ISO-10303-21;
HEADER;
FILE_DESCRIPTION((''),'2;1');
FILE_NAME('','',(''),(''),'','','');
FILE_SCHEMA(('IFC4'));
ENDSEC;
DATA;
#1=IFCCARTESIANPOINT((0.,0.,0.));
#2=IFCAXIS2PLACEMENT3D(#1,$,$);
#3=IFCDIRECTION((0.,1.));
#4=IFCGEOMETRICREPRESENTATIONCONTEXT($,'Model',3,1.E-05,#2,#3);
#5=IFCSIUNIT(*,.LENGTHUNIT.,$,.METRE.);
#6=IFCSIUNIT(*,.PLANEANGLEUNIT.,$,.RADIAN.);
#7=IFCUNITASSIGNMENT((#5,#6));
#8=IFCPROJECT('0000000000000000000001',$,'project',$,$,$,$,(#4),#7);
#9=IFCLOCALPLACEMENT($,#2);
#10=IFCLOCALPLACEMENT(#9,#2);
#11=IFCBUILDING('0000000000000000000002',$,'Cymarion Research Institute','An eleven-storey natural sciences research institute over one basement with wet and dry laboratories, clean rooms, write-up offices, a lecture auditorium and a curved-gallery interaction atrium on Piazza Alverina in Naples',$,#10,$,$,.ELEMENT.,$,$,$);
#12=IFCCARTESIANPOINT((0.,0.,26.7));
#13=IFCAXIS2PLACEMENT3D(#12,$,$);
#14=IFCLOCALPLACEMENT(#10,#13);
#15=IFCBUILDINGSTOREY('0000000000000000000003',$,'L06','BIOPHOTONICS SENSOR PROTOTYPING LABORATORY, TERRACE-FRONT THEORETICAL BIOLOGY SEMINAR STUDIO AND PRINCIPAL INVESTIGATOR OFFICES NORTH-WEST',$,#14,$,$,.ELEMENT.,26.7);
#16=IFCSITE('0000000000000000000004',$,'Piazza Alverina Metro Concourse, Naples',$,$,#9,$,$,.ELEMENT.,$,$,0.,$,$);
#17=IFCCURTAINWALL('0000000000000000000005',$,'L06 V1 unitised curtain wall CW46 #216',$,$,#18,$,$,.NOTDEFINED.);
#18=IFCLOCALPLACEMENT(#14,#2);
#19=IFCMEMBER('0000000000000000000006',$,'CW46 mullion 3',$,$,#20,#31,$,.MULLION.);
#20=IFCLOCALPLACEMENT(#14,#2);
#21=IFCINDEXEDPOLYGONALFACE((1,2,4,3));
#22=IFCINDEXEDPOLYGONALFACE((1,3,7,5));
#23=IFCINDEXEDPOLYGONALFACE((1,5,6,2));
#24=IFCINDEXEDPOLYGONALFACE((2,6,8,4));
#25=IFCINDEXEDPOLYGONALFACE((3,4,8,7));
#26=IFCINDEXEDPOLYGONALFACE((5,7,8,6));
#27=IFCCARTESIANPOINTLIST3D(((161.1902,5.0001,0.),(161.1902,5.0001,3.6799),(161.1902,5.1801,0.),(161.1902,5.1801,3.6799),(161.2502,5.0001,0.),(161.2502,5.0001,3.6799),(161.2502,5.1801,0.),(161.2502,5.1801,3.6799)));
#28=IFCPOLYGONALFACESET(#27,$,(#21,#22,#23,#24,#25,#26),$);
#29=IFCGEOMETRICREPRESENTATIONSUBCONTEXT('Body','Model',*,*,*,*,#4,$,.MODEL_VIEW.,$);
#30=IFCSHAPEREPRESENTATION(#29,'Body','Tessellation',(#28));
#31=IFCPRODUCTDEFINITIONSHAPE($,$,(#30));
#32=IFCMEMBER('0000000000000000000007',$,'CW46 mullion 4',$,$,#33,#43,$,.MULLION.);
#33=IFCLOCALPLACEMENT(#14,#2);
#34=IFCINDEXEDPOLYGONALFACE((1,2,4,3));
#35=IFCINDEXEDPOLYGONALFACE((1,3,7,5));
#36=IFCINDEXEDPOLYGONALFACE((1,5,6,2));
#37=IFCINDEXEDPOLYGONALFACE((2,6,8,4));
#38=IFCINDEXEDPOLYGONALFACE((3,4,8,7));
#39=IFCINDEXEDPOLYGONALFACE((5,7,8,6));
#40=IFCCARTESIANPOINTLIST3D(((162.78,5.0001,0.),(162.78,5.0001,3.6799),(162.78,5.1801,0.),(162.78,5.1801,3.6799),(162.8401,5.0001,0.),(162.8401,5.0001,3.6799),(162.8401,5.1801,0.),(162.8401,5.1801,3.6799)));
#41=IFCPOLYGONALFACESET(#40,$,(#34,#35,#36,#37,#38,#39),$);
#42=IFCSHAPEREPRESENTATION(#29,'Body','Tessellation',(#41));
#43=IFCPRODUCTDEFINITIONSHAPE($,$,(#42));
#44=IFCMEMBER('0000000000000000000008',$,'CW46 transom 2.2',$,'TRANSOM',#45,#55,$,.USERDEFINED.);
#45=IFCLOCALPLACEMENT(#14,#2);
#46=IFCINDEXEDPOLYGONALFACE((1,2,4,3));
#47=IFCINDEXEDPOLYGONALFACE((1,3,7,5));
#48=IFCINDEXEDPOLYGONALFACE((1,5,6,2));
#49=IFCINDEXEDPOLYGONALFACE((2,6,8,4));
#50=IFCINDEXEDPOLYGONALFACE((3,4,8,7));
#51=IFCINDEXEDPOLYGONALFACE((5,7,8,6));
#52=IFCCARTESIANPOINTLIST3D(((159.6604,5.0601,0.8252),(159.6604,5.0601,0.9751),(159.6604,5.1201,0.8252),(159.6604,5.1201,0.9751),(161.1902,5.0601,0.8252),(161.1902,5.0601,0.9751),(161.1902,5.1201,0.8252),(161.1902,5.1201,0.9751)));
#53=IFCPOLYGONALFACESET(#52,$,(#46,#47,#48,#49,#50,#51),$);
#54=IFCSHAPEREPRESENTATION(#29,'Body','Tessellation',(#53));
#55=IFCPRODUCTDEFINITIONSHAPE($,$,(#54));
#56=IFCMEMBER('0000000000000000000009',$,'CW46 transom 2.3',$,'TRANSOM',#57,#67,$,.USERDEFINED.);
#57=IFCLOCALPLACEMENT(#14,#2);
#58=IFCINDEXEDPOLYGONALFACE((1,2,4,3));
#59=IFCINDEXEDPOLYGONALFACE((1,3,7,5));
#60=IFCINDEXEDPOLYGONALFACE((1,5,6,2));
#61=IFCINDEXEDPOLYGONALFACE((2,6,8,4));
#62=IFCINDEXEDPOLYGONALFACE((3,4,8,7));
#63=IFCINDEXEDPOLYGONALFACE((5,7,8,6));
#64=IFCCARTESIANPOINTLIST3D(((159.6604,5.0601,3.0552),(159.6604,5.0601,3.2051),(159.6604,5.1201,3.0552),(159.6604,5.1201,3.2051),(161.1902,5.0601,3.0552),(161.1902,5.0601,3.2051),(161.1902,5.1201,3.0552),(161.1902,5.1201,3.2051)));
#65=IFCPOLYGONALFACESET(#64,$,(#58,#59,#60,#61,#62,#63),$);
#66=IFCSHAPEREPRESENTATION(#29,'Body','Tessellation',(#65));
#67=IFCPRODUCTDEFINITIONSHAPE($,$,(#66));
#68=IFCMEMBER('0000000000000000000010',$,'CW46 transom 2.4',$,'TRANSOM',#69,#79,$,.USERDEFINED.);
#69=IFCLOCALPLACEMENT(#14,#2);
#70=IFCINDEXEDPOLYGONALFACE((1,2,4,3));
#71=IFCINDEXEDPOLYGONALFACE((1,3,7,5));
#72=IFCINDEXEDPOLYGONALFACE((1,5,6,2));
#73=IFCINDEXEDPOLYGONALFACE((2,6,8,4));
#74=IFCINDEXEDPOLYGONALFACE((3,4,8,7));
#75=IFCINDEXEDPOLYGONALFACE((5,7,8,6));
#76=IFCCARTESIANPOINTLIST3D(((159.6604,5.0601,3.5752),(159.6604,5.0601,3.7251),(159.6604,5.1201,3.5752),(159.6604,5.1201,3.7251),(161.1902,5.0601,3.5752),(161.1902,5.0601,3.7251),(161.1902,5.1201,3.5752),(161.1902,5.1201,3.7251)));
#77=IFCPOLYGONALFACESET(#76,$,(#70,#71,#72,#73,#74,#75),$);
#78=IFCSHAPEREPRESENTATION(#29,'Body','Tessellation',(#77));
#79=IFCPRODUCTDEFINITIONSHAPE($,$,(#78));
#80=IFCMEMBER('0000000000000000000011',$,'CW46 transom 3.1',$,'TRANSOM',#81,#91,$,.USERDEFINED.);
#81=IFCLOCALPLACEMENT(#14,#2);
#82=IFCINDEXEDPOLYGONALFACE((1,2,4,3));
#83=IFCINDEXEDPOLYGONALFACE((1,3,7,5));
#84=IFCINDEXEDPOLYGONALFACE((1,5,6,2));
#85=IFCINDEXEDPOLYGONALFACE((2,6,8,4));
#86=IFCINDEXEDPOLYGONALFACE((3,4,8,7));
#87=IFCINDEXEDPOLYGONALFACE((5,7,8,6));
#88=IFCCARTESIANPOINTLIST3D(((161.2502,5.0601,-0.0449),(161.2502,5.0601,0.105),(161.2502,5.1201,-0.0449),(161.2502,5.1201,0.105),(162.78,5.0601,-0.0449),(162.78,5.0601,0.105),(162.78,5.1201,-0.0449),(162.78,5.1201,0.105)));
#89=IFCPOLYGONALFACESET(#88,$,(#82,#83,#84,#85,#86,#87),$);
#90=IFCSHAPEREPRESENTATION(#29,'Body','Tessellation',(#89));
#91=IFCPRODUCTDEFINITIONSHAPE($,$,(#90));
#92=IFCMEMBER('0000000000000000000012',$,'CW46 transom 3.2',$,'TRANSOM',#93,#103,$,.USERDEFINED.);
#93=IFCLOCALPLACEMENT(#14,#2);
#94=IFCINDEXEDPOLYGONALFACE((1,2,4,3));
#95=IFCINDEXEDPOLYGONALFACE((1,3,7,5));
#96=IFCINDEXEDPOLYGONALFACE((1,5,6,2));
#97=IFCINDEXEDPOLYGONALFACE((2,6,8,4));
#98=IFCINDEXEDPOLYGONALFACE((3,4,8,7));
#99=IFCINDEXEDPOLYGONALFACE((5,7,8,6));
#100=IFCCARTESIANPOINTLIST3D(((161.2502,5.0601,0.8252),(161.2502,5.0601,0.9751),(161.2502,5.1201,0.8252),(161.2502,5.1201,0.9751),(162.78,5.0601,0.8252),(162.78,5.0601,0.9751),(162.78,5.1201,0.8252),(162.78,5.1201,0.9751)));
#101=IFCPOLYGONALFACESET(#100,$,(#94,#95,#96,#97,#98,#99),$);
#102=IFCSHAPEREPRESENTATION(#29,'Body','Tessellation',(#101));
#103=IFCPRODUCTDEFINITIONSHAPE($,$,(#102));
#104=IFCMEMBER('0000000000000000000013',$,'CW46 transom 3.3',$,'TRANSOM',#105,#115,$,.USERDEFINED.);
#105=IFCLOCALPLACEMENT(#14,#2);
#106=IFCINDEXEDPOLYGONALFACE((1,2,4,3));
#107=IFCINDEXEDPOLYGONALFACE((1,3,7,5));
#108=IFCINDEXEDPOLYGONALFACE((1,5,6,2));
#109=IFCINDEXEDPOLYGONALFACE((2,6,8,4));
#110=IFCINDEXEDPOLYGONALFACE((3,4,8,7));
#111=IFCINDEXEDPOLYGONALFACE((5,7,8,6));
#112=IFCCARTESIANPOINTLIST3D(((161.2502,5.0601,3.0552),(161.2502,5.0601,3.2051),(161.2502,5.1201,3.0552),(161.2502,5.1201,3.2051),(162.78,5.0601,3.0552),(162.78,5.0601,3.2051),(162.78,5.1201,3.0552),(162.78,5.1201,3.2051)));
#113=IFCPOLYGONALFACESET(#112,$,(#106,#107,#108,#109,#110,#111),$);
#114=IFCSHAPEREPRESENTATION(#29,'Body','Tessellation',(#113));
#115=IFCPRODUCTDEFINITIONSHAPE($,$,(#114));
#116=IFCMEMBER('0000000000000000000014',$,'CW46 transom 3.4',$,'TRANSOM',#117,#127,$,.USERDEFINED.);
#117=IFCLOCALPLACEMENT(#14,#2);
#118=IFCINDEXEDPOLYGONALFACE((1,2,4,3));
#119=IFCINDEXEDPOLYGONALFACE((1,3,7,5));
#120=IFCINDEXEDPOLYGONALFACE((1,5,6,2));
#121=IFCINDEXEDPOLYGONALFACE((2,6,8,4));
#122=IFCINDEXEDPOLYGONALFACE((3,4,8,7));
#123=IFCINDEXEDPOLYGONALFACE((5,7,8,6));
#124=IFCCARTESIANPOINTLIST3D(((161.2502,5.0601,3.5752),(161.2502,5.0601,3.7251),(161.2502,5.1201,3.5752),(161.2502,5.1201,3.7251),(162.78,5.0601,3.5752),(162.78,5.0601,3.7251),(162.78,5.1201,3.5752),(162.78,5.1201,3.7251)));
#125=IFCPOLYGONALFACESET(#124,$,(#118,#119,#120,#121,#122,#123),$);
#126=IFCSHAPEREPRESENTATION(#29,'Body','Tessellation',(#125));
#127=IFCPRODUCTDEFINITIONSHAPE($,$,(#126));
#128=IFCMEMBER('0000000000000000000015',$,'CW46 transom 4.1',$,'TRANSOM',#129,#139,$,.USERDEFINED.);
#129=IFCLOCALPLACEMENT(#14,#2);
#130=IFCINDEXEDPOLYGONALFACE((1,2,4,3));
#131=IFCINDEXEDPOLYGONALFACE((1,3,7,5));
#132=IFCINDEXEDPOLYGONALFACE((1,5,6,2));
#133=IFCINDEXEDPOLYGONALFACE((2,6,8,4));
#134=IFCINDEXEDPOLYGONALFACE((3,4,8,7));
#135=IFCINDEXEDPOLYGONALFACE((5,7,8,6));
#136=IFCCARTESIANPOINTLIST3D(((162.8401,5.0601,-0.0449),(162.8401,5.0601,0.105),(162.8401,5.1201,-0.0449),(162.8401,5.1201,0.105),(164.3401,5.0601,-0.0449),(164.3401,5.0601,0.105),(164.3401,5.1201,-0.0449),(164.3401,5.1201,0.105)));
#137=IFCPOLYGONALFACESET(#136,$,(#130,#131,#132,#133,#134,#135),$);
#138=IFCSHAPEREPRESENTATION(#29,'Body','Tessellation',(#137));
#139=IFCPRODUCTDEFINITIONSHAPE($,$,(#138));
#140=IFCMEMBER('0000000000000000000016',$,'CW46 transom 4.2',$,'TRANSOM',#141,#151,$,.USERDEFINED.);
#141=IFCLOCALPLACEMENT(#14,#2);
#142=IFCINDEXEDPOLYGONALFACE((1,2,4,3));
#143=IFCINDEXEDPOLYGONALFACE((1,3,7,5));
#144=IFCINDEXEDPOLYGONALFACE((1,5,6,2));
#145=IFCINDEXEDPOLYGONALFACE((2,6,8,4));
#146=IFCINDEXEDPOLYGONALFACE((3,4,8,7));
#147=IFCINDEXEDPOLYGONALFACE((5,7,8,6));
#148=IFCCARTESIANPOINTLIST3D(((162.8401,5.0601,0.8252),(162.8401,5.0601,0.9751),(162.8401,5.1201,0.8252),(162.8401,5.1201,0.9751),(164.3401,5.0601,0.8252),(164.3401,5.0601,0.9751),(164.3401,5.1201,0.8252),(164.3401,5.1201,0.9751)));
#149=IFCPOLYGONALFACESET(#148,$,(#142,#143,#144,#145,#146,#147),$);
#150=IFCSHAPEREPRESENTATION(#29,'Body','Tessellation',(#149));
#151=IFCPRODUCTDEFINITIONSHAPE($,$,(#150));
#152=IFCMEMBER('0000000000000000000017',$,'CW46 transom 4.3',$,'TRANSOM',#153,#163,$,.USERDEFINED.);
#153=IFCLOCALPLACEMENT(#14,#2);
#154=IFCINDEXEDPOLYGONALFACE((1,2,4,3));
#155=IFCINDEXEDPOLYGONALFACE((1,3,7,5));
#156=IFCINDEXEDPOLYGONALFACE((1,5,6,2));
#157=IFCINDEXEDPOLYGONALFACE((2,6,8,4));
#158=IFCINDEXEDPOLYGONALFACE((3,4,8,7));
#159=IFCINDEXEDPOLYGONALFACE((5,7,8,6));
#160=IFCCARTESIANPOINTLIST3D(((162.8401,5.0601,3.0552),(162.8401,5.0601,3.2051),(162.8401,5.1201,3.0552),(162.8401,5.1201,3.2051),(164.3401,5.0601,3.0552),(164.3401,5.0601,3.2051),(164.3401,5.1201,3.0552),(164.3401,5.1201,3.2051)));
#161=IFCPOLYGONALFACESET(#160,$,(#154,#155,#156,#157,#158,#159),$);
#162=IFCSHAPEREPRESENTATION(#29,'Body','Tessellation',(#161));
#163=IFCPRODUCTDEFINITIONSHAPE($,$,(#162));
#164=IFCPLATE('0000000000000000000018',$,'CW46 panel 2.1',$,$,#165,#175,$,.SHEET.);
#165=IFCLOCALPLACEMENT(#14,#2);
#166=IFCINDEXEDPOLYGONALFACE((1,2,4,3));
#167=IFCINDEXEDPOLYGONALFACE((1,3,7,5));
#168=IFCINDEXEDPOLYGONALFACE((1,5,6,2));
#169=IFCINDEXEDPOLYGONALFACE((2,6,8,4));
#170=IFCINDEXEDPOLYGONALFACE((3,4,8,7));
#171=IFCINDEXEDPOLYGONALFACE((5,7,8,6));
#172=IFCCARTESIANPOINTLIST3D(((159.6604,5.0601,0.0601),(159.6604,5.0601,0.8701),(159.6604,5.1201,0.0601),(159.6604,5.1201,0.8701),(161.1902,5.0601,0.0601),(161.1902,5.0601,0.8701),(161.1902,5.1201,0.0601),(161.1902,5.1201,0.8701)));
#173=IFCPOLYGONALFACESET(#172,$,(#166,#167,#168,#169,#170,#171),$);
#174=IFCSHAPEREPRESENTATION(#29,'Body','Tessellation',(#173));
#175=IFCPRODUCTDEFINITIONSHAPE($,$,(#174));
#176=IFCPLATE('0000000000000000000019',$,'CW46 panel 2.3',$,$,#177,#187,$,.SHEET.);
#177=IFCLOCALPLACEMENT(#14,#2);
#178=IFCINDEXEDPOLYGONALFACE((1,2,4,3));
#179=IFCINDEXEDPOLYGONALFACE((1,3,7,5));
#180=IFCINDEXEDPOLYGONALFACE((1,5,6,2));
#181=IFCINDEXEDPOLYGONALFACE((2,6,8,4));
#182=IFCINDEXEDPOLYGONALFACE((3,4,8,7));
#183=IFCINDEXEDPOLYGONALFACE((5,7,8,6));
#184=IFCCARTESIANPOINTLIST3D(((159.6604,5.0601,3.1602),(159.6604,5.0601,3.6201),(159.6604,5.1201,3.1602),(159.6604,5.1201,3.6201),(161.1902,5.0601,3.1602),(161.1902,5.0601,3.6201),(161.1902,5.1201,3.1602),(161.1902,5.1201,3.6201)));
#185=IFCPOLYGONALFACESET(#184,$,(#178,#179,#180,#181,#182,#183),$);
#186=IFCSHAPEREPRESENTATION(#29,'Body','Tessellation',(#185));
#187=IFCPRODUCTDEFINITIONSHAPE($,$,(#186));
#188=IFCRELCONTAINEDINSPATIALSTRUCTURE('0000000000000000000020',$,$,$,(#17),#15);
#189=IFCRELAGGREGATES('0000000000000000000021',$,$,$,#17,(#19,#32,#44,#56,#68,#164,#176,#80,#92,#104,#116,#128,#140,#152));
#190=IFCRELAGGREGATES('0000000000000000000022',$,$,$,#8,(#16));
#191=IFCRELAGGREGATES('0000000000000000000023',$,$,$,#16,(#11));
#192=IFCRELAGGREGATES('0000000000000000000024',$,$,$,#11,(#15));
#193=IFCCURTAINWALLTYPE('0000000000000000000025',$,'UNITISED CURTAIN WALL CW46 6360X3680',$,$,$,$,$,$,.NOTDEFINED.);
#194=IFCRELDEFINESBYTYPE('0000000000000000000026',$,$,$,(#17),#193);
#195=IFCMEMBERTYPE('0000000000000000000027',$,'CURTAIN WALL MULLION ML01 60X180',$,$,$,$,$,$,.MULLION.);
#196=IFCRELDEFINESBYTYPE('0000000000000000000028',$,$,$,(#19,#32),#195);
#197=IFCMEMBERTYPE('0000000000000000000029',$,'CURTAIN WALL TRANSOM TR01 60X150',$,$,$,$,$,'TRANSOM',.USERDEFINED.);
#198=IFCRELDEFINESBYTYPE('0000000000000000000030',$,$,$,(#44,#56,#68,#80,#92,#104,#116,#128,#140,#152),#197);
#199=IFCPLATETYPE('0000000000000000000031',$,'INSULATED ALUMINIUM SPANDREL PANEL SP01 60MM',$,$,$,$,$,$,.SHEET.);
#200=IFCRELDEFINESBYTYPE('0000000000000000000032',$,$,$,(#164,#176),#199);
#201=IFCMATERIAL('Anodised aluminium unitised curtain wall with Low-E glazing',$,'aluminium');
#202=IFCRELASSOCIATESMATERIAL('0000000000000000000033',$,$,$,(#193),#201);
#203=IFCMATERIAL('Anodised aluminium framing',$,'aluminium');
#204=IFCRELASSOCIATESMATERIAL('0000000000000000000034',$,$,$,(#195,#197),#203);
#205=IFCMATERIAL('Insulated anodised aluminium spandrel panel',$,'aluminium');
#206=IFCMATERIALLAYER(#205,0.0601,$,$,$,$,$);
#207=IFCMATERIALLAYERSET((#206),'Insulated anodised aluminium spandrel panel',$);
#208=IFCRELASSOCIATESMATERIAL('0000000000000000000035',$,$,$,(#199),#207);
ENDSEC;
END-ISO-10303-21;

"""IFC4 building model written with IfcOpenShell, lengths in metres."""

from ifc_helpers import new_model, si_unit, direction, frame, origin, origin_2d, place, context, subcontext, project, spatial, rectangle, extrude, material, layer, layer_set, material_profile, profile_set, type_object, element, aggregate, save


model = new_model("IFC4")

# Units and contexts
model_context = context("Model", 3, precision=1e-05, world=origin(), true_north=direction((0.0, 1.0)))
body_context = subcontext(model_context, "Body", "Model", "MODEL_VIEW")
ifc_project = project(units=[si_unit("LENGTHUNIT", "METRE"), si_unit("PLANEANGLEUNIT", "RADIAN")], contexts=[model_context])

# Site, building, storey
site_placement = place(None, origin())
site = spatial("IfcSite", under=ifc_project, at=site_placement, Name="Piazza Alverina Metro Concourse, Naples", CompositionType="ELEMENT", RefElevation=0.0)
building_placement = place(site_placement, origin())
building = spatial("IfcBuilding", under=site, at=building_placement, Name="Cymarion Research Institute", Description="An eleven-storey natural sciences research institute over one basement with wet and dry laboratories, clean rooms, write-up offices, a lecture auditorium and a curved-gallery interaction atrium on Piazza Alverina in Naples", CompositionType="ELEMENT")
storey_placement = place(building_placement, frame((0.0, 0.0, 26.7)))
storey = spatial("IfcBuildingStorey", under=building, at=storey_placement, Name="L06", Description="BIOPHOTONICS SENSOR PROTOTYPING LABORATORY, TERRACE-FRONT THEORETICAL BIOLOGY SEMINAR STUDIO AND PRINCIPAL INVESTIGATOR OFFICES NORTH-WEST", CompositionType="ELEMENT", Elevation=26.7)

# Curtain wall, members, plates
ifc_material_1 = material(Name="Anodised aluminium unitised curtain wall with Low-E glazing", Category="aluminium")
curtain_wall_type = type_object("IfcCurtainWallType", Name="UNITISED CURTAIN WALL CW46 6360X3680", PredefinedType="NOTDEFINED", material=ifc_material_1)
curtain_wall_placement = place(storey_placement, origin())
curtain_wall = element("IfcCurtainWall", 1, at=curtain_wall_placement, inside=storey, type_object=curtain_wall_type, Name="L06 V1 unitised curtain wall CW46 #216", PredefinedType="NOTDEFINED")
ifc_material_2 = material(Name="Anodised aluminium framing", Category="aluminium")
ifc_material_profile_1 = material_profile(ifc_material_2, rectangle(XDim=0.0601, YDim=0.1799, at=origin_2d()), Name="ALU MULLION 60x180")
ifc_profile_set_1 = profile_set([ifc_material_profile_1], Name="Anodised aluminium framing")
member_type_1 = type_object("IfcMemberType", Name="CURTAIN WALL MULLION ML01 60X180", PredefinedType="MULLION", material=ifc_profile_set_1)
member_1_placement = place(storey_placement, frame((161.2202, 5.0901, 0.0), z_axis=(0.0, 0.0, 1.0), x_axis=(1.0, 0.0, 0.0)))
member_1 = element("IfcMember", 2, at=member_1_placement, type_object=member_type_1, Name="CW46 mullion 3", PredefinedType="MULLION", context=body_context, shape_type="SweptSolid", body=[
    extrude(rectangle(XDim=0.0601, YDim=0.1799, at=origin_2d()), origin(), (0.0, 0.0, 1.0), 3.6799),
])
member_2_placement = place(storey_placement, frame((162.8101, 5.0901, 0.0), z_axis=(0.0, 0.0, 1.0), x_axis=(1.0, 0.0, 0.0)))
member_2 = element("IfcMember", 3, at=member_2_placement, type_object=member_type_1, Name="CW46 mullion 4", PredefinedType="MULLION", context=body_context, shape_type="SweptSolid", body=[
    extrude(rectangle(XDim=0.0601, YDim=0.1799, at=origin_2d()), origin(), (0.0, 0.0, 1.0), 3.6799),
])
ifc_material_profile_2 = material_profile(ifc_material_2, rectangle(XDim=0.0601, YDim=0.1499, at=origin_2d()), Name="ALU TRANSOM 60x150")
ifc_profile_set_2 = profile_set([ifc_material_profile_2], Name="Anodised aluminium framing")
member_type_2 = type_object("IfcMemberType", Name="CURTAIN WALL TRANSOM TR01 60X150", ElementType="TRANSOM", PredefinedType="USERDEFINED", material=ifc_profile_set_2)
member_3_placement = place(storey_placement, frame((159.6604, 5.0901, 0.9001), z_axis=(1.0, 0.0, 0.0), x_axis=(0.0, 1.0, 0.0)))
member_3 = element("IfcMember", 4, at=member_3_placement, type_object=member_type_2, Name="CW46 transom 2.2", ObjectType="TRANSOM", PredefinedType="USERDEFINED", context=body_context, shape_type="SweptSolid", body=[
    extrude(rectangle(XDim=0.0601, YDim=0.1499, at=origin_2d()), origin(), (0.0, 0.0, 1.0), 1.5298),
])
member_4_placement = place(storey_placement, frame((159.6604, 5.0901, 3.1301), z_axis=(1.0, 0.0, 0.0), x_axis=(0.0, 1.0, 0.0)))
member_4 = element("IfcMember", 5, at=member_4_placement, type_object=member_type_2, Name="CW46 transom 2.3", ObjectType="TRANSOM", PredefinedType="USERDEFINED", context=body_context, shape_type="SweptSolid", body=[
    extrude(rectangle(XDim=0.0601, YDim=0.1499, at=origin_2d()), origin(), (0.0, 0.0, 1.0), 1.5298),
])
member_5_placement = place(storey_placement, frame((159.6604, 5.0901, 3.6501), z_axis=(1.0, 0.0, 0.0), x_axis=(0.0, 1.0, 0.0)))
member_5 = element("IfcMember", 6, at=member_5_placement, type_object=member_type_2, Name="CW46 transom 2.4", ObjectType="TRANSOM", PredefinedType="USERDEFINED", context=body_context, shape_type="SweptSolid", body=[
    extrude(rectangle(XDim=0.0601, YDim=0.1499, at=origin_2d()), origin(), (0.0, 0.0, 1.0), 1.5298),
])
member_6_placement = place(storey_placement, frame((161.2502, 5.0901, 0.03), z_axis=(1.0, 0.0, 0.0), x_axis=(0.0, 1.0, 0.0)))
member_6 = element("IfcMember", 7, at=member_6_placement, type_object=member_type_2, Name="CW46 transom 3.1", ObjectType="TRANSOM", PredefinedType="USERDEFINED", context=body_context, shape_type="SweptSolid", body=[
    extrude(rectangle(XDim=0.0601, YDim=0.1499, at=origin_2d()), origin(), (0.0, 0.0, 1.0), 1.5298),
])
member_7_placement = place(storey_placement, frame((161.2502, 5.0901, 0.9001), z_axis=(1.0, 0.0, 0.0), x_axis=(0.0, 1.0, 0.0)))
member_7 = element("IfcMember", 8, at=member_7_placement, type_object=member_type_2, Name="CW46 transom 3.2", ObjectType="TRANSOM", PredefinedType="USERDEFINED", context=body_context, shape_type="SweptSolid", body=[
    extrude(rectangle(XDim=0.0601, YDim=0.1499, at=origin_2d()), origin(), (0.0, 0.0, 1.0), 1.5298),
])
member_8_placement = place(storey_placement, frame((161.2502, 5.0901, 3.1301), z_axis=(1.0, 0.0, 0.0), x_axis=(0.0, 1.0, 0.0)))
member_8 = element("IfcMember", 9, at=member_8_placement, type_object=member_type_2, Name="CW46 transom 3.3", ObjectType="TRANSOM", PredefinedType="USERDEFINED", context=body_context, shape_type="SweptSolid", body=[
    extrude(rectangle(XDim=0.0601, YDim=0.1499, at=origin_2d()), origin(), (0.0, 0.0, 1.0), 1.5298),
])
member_9_placement = place(storey_placement, frame((161.2502, 5.0901, 3.6501), z_axis=(1.0, 0.0, 0.0), x_axis=(0.0, 1.0, 0.0)))
member_9 = element("IfcMember", 10, at=member_9_placement, type_object=member_type_2, Name="CW46 transom 3.4", ObjectType="TRANSOM", PredefinedType="USERDEFINED", context=body_context, shape_type="SweptSolid", body=[
    extrude(rectangle(XDim=0.0601, YDim=0.1499, at=origin_2d()), origin(), (0.0, 0.0, 1.0), 1.5298),
])
member_10_placement = place(storey_placement, frame((162.8401, 5.0901, 0.03), z_axis=(1.0, 0.0, 0.0), x_axis=(0.0, 1.0, 0.0)))
member_10 = element("IfcMember", 11, at=member_10_placement, type_object=member_type_2, Name="CW46 transom 4.1", ObjectType="TRANSOM", PredefinedType="USERDEFINED", context=body_context, shape_type="SweptSolid", body=[
    extrude(rectangle(XDim=0.0601, YDim=0.1499, at=origin_2d()), origin(), (0.0, 0.0, 1.0), 1.5),
])
member_11_placement = place(storey_placement, frame((162.8401, 5.0901, 0.9001), z_axis=(1.0, 0.0, 0.0), x_axis=(0.0, 1.0, 0.0)))
member_11 = element("IfcMember", 12, at=member_11_placement, type_object=member_type_2, Name="CW46 transom 4.2", ObjectType="TRANSOM", PredefinedType="USERDEFINED", context=body_context, shape_type="SweptSolid", body=[
    extrude(rectangle(XDim=0.0601, YDim=0.1499, at=origin_2d()), origin(), (0.0, 0.0, 1.0), 1.5),
])
member_12_placement = place(storey_placement, frame((162.8401, 5.0901, 3.1301), z_axis=(1.0, 0.0, 0.0), x_axis=(0.0, 1.0, 0.0)))
member_12 = element("IfcMember", 13, at=member_12_placement, type_object=member_type_2, Name="CW46 transom 4.3", ObjectType="TRANSOM", PredefinedType="USERDEFINED", context=body_context, shape_type="SweptSolid", body=[
    extrude(rectangle(XDim=0.0601, YDim=0.1499, at=origin_2d()), origin(), (0.0, 0.0, 1.0), 1.5),
])
ifc_material_3 = material(Name="Insulated anodised aluminium spandrel panel", Category="aluminium")
ifc_layer_1 = layer(ifc_material_3, 0.0601)
ifc_layer_set_1 = layer_set([ifc_layer_1], Name="Insulated anodised aluminium spandrel panel")
plate_type_1 = type_object("IfcPlateType", Name="INSULATED ALUMINIUM SPANDREL PANEL SP01 60MM", PredefinedType="SHEET", material=ifc_layer_set_1)
plate_1_placement = place(storey_placement, frame((160.4253, 5.0901, 0.0601), z_axis=(0.0, 0.0, 1.0), x_axis=(1.0, 0.0, 0.0)))
plate_1 = element("IfcPlate", 14, at=plate_1_placement, type_object=plate_type_1, Name="CW46 panel 2.1", PredefinedType="SHEET", context=body_context, shape_type="SweptSolid", body=[
    extrude(rectangle(XDim=1.5298, YDim=0.0601, at=origin_2d()), origin(), (0.0, 0.0, 1.0), 0.8101),
])
plate_2_placement = place(storey_placement, frame((160.4253, 5.0901, 3.1602), z_axis=(0.0, 0.0, 1.0), x_axis=(1.0, 0.0, 0.0)))
plate_2 = element("IfcPlate", 15, at=plate_2_placement, type_object=plate_type_1, Name="CW46 panel 2.3", PredefinedType="SHEET", context=body_context, shape_type="SweptSolid", body=[
    extrude(rectangle(XDim=1.5298, YDim=0.0601, at=origin_2d()), origin(), (0.0, 0.0, 1.0), 0.46),
])
aggregate(curtain_wall, [member_1, member_2, member_3, member_4, member_5, plate_1, plate_2, member_6, member_7, member_8, member_9, member_10, member_11, member_12])

save(model, "model.ifc")
